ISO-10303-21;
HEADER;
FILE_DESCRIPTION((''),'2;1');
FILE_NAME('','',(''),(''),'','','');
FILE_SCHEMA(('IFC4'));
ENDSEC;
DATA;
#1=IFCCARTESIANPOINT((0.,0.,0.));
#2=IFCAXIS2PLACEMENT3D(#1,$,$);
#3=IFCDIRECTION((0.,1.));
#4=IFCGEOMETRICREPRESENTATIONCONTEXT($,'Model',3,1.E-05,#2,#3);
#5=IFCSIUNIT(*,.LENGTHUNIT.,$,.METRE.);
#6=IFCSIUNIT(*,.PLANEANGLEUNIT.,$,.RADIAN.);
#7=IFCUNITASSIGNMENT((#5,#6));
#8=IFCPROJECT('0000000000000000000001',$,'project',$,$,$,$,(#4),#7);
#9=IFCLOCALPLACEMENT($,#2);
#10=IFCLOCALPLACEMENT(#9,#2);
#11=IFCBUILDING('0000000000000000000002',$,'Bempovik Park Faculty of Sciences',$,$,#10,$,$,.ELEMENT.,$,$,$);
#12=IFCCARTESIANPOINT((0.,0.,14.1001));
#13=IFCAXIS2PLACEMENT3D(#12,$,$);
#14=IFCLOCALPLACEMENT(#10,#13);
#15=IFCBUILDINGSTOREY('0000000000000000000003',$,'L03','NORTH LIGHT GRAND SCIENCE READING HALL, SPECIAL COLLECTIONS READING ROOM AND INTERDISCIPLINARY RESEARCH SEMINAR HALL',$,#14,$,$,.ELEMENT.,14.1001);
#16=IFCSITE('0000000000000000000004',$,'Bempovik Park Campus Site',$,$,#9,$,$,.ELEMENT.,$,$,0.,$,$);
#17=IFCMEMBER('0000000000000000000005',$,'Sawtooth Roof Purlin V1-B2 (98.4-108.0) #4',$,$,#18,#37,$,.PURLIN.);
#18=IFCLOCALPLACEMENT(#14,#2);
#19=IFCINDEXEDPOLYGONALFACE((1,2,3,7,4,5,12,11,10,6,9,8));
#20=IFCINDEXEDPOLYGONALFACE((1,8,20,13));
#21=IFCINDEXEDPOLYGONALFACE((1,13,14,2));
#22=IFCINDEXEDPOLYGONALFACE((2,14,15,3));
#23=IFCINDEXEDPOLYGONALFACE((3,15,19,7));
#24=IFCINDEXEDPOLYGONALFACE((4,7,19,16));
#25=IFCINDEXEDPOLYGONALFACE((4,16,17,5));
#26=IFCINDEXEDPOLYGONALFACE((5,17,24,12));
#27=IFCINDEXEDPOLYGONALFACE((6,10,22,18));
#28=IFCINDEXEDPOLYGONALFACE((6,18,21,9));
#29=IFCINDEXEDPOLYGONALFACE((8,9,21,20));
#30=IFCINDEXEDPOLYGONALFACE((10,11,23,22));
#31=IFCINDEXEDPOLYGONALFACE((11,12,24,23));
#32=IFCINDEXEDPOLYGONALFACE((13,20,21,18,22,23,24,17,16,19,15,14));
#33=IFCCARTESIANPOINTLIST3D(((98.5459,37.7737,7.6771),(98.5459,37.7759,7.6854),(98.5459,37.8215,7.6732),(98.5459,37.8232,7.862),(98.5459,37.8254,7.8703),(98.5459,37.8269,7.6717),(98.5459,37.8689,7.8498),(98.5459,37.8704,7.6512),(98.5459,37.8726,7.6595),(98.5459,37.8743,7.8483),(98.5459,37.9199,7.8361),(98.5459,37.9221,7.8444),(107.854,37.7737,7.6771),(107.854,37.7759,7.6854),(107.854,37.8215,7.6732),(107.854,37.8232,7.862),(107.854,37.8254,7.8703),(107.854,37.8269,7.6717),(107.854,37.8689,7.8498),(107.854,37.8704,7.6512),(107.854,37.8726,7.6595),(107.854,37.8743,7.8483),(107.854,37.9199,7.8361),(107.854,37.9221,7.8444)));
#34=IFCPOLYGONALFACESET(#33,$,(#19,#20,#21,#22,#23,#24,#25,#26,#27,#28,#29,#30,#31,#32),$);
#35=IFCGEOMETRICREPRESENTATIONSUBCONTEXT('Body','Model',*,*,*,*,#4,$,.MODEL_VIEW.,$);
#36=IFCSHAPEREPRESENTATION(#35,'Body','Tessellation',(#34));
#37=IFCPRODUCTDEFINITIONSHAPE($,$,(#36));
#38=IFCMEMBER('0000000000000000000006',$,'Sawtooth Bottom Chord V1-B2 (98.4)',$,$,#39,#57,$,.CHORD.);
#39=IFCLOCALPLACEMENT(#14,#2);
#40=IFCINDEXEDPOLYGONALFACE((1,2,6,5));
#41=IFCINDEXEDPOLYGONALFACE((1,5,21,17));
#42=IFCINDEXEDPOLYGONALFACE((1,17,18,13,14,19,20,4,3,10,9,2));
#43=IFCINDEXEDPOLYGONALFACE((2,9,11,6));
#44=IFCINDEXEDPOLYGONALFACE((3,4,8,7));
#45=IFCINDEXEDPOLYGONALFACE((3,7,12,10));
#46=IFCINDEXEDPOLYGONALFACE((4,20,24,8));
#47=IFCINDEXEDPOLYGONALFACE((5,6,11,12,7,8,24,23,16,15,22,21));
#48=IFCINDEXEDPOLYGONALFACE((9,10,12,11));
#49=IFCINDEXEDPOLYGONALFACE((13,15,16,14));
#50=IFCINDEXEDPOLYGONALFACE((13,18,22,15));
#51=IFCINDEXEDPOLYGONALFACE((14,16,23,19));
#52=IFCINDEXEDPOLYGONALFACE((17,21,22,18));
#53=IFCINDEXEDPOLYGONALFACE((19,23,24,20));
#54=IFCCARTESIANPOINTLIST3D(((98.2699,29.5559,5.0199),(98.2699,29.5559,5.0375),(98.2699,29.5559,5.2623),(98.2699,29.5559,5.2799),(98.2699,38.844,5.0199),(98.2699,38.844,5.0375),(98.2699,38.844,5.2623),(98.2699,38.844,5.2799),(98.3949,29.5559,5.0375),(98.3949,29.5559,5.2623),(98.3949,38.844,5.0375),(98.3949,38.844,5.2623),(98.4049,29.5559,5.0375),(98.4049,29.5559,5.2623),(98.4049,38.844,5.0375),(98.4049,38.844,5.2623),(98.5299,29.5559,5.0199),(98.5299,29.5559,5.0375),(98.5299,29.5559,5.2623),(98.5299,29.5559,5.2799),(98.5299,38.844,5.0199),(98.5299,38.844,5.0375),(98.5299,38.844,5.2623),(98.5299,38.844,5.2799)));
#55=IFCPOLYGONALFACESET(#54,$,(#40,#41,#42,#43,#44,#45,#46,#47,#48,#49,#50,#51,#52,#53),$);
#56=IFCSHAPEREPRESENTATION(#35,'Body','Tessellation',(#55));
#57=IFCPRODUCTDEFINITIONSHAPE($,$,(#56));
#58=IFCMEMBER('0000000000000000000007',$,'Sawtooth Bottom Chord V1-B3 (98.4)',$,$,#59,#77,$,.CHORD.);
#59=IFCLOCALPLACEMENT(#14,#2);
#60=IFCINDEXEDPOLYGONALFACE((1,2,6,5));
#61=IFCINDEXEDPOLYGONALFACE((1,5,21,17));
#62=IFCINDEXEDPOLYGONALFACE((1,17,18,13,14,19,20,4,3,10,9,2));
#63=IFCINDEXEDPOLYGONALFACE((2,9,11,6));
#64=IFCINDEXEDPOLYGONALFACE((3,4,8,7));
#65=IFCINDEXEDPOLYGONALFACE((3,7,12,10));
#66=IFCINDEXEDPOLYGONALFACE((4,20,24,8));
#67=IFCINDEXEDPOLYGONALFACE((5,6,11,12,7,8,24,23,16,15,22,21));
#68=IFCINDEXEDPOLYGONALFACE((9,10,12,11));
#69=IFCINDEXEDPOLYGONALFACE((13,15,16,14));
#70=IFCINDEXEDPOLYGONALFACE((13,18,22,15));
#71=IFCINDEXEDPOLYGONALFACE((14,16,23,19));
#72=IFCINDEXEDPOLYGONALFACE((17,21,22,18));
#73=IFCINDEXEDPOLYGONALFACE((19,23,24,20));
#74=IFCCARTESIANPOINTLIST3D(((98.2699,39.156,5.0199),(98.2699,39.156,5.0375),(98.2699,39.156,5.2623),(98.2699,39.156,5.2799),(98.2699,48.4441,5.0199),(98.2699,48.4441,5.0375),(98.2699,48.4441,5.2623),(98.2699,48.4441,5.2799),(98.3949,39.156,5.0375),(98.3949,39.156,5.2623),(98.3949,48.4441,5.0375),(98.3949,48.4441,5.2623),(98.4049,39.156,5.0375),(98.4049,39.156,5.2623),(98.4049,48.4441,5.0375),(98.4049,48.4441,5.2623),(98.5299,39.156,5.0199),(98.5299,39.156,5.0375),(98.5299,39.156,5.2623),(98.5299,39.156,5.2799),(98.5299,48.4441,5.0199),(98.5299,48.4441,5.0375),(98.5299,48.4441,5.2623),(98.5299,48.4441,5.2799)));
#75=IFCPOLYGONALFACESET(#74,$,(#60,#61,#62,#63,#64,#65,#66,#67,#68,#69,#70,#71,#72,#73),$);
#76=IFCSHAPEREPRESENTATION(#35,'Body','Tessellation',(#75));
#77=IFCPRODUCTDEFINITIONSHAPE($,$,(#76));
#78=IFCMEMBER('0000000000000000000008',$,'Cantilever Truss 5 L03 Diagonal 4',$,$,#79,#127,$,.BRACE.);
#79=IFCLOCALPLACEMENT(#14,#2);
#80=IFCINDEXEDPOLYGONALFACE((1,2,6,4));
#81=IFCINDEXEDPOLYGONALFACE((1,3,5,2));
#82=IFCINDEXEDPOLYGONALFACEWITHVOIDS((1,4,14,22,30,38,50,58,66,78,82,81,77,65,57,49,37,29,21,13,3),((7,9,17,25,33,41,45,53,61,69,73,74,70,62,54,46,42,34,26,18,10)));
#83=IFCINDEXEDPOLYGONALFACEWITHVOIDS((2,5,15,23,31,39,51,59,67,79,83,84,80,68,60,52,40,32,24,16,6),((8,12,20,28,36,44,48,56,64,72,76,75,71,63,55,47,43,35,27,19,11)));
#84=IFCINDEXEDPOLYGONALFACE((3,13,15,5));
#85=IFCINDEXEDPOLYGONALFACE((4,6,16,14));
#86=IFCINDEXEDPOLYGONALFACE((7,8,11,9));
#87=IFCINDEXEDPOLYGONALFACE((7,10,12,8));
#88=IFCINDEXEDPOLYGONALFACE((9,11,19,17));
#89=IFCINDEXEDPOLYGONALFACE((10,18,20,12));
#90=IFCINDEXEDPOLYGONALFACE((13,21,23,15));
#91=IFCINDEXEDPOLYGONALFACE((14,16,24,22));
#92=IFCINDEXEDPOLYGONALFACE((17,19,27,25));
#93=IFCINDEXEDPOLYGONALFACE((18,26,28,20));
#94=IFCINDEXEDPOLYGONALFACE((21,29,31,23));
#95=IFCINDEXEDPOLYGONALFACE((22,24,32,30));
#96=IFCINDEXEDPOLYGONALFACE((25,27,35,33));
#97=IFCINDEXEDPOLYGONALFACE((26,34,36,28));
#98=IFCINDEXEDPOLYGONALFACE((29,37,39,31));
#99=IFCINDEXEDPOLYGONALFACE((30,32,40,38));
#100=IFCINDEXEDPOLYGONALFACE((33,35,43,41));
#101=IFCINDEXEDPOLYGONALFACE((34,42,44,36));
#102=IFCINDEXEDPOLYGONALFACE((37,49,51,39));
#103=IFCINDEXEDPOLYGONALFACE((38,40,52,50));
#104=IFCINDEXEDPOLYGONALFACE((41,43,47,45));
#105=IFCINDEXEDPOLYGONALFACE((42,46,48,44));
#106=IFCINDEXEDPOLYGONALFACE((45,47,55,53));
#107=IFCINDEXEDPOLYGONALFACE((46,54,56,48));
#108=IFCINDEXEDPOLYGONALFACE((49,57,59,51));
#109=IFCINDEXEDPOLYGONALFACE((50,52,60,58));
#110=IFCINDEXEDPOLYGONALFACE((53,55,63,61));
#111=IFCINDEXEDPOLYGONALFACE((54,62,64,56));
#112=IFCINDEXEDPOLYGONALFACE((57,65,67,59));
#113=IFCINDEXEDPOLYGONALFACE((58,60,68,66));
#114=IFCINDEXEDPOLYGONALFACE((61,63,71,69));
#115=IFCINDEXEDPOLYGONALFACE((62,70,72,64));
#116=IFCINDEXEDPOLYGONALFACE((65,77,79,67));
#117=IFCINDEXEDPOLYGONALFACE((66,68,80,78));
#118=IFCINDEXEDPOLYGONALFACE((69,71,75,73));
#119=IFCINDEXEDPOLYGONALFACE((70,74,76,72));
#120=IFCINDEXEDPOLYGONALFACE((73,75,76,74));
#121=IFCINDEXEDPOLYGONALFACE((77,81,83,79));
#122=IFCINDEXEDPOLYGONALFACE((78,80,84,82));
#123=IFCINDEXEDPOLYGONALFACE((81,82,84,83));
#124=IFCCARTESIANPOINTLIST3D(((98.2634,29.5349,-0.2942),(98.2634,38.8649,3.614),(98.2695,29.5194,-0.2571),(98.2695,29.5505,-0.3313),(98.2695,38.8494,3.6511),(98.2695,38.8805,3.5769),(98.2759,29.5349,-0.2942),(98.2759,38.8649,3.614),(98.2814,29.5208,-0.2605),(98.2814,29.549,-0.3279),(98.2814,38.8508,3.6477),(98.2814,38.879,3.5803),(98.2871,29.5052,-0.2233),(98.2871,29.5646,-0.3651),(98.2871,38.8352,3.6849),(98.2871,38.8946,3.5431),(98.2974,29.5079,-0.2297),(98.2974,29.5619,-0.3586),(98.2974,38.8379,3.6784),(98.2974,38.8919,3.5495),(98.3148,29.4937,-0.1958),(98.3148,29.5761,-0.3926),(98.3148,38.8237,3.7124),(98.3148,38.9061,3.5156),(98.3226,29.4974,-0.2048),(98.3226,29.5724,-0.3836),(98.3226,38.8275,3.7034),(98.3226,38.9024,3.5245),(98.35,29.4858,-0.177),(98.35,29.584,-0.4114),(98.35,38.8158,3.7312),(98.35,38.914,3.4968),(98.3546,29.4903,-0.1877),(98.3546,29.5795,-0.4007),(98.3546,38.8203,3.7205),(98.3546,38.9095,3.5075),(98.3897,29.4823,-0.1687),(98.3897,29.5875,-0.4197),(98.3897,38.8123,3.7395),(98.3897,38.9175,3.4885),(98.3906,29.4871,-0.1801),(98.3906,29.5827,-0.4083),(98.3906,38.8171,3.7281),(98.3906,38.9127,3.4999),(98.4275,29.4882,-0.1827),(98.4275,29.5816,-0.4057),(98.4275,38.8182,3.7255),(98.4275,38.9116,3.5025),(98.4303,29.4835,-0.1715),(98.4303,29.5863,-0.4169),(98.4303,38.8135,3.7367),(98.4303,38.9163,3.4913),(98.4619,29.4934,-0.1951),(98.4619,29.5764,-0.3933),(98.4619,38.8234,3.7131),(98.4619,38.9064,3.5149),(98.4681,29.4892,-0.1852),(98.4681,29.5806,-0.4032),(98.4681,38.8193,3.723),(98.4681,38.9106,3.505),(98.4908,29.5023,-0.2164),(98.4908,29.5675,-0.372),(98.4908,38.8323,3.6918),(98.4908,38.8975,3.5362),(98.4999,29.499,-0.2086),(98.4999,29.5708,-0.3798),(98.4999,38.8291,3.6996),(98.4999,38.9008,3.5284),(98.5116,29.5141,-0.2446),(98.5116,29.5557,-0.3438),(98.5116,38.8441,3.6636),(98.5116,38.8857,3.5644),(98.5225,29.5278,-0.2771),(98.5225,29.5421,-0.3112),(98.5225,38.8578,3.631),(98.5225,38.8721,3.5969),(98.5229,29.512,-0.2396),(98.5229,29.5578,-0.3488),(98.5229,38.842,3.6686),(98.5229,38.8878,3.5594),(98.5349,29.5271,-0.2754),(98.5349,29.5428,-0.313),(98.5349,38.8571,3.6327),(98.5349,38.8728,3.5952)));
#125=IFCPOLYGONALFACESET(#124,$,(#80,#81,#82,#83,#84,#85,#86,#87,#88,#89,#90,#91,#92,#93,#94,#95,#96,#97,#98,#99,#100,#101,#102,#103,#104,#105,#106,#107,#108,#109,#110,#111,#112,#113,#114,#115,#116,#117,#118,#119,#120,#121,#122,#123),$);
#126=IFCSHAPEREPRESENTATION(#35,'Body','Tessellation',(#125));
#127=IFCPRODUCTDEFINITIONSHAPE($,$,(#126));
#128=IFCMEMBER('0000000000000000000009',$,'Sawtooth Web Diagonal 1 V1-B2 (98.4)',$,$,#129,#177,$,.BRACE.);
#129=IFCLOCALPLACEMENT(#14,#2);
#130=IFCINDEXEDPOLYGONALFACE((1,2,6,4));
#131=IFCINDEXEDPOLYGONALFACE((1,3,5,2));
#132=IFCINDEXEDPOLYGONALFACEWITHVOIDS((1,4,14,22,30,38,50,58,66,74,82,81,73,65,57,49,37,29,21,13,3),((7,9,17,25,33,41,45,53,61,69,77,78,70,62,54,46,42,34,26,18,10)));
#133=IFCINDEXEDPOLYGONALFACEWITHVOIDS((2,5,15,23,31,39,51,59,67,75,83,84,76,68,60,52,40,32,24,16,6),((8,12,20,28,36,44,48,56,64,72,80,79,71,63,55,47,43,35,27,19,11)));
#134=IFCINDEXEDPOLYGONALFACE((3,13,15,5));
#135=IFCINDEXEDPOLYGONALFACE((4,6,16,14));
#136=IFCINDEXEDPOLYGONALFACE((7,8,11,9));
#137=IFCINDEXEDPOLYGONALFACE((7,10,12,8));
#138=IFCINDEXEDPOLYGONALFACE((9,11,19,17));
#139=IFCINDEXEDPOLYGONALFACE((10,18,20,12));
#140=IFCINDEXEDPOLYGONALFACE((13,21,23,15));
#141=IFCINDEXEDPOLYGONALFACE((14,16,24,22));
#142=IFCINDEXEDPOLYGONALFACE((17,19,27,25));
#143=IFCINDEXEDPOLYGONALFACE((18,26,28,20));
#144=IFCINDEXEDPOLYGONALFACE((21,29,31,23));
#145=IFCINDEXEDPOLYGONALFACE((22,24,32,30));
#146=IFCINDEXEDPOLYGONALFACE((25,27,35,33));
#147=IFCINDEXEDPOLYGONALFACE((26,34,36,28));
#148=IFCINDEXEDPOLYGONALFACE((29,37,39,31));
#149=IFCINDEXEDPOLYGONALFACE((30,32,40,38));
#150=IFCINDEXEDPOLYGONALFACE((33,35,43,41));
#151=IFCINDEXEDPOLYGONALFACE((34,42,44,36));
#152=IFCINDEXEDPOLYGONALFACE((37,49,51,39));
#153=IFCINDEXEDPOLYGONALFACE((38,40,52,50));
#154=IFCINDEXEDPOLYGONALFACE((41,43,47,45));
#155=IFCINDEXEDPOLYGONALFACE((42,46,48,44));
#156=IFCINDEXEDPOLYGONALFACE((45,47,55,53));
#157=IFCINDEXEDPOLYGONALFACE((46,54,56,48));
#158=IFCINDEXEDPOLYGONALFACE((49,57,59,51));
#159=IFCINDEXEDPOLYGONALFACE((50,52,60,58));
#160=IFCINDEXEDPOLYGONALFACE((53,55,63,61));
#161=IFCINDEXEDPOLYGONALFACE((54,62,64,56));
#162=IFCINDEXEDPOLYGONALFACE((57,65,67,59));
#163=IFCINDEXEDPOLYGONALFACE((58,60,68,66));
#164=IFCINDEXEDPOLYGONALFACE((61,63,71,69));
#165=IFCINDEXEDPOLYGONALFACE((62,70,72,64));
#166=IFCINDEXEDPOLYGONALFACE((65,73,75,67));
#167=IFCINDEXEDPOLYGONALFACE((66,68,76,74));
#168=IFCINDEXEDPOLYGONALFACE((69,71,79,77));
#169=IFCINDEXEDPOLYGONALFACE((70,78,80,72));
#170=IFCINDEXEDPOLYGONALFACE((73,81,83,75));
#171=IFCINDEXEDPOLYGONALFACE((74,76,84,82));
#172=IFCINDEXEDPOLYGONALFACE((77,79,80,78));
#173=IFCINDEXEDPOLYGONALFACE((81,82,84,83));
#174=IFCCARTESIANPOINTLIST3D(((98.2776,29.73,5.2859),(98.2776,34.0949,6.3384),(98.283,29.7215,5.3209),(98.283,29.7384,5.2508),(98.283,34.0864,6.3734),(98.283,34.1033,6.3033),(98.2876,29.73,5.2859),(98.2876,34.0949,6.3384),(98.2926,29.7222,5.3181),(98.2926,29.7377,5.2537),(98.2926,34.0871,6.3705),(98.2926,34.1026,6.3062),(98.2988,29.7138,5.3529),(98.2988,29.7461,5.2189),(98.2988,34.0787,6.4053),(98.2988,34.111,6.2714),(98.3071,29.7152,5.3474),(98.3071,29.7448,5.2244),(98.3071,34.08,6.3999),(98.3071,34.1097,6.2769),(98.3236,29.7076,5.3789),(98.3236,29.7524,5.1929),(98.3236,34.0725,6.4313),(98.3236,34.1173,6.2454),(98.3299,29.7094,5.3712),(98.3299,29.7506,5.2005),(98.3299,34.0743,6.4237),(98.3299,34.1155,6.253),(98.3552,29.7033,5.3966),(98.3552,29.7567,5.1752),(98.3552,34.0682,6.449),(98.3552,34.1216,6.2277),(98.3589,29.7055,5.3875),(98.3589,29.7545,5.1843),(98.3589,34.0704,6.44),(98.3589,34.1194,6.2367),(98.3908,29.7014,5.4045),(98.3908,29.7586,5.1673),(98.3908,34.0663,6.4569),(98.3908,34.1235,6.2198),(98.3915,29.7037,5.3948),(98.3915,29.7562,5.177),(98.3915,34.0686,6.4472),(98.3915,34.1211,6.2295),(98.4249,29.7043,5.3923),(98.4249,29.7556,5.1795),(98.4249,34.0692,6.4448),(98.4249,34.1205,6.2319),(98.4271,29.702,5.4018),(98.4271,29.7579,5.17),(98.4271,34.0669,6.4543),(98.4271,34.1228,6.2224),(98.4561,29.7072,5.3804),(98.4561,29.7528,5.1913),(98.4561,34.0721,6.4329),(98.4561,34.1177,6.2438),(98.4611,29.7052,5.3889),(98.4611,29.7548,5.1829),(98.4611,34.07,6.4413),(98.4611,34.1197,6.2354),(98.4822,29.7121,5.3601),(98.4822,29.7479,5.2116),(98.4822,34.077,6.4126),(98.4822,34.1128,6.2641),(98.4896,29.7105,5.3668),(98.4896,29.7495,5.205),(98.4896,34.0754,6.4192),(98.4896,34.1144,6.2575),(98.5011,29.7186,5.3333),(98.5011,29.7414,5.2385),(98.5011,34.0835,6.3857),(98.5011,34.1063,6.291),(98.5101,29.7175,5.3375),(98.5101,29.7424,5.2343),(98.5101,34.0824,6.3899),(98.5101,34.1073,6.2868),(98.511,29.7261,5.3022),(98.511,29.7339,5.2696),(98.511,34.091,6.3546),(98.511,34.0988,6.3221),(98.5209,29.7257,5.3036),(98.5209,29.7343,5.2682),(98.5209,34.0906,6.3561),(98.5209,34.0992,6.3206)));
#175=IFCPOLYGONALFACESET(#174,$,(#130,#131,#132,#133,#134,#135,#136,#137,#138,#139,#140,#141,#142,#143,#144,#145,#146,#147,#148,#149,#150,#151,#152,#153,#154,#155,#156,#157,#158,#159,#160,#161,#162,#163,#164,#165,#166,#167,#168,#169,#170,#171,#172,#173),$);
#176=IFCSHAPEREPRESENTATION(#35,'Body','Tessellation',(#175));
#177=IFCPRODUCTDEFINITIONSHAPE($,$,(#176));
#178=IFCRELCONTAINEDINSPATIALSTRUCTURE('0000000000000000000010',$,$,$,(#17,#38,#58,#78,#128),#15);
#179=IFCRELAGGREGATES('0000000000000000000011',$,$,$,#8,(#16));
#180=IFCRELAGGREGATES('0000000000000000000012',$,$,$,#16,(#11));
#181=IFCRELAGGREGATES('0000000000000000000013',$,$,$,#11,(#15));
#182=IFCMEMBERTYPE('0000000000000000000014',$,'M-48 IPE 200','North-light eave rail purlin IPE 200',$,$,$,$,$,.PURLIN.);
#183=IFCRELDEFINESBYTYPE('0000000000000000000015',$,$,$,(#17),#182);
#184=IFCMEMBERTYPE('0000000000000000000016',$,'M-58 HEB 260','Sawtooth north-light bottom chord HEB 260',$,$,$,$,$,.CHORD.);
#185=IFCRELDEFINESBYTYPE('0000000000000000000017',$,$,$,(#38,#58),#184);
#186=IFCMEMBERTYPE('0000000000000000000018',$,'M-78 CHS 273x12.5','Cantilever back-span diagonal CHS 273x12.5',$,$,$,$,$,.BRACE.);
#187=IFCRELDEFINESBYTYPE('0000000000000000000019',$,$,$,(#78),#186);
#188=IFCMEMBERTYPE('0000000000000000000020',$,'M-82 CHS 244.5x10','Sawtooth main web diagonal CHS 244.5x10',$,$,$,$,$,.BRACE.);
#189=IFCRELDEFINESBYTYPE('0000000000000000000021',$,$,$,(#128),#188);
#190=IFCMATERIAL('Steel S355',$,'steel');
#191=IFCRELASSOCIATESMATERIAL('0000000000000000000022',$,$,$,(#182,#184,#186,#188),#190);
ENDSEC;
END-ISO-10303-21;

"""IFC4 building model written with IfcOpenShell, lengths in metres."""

from ifc_helpers import new_model, si_unit, direction, frame, origin, origin_2d, place, context, subcontext, project, spatial, hollow_circle, i_section, extrude, material, material_profile, profile_set, type_object, element, save


model = new_model("IFC4")

# Units and contexts
model_context = context("Model", 3, precision=1e-05, world=origin(), true_north=direction((0.0, 1.0)))
body_context = subcontext(model_context, "Body", "Model", "MODEL_VIEW")
ifc_project = project(units=[si_unit("LENGTHUNIT", "METRE"), si_unit("PLANEANGLEUNIT", "RADIAN")], contexts=[model_context])

# Site, building, storey
site_placement = place(None, origin())
site = spatial("IfcSite", under=ifc_project, at=site_placement, Name="Bempovik Park Campus Site", CompositionType="ELEMENT", RefElevation=0.0)
building_placement = place(site_placement, origin())
building = spatial("IfcBuilding", under=site, at=building_placement, Name="Bempovik Park Faculty of Sciences", CompositionType="ELEMENT")
storey_placement = place(building_placement, frame((0.0, 0.0, 14.1001)))
storey = spatial("IfcBuildingStorey", under=building, at=storey_placement, Name="L03", Description="NORTH LIGHT GRAND SCIENCE READING HALL, SPECIAL COLLECTIONS READING ROOM AND INTERDISCIPLINARY RESEARCH SEMINAR HALL", CompositionType="ELEMENT", Elevation=14.1001)

# Shared definitions
ifc_material_1 = material(Name="Steel S355", Category="steel")

# Members
ifc_material_profile_1 = material_profile(ifc_material_1, i_section(OverallWidth=0.1001, OverallDepth=0.2, WebThickness=0.0056, FlangeThickness=0.0085, at=origin_2d()), Name="IPE 200")
ifc_profile_set_1 = profile_set([ifc_material_profile_1], Name="Steel S355")
member_type_1 = type_object("IfcMemberType", Name="M-48 IPE 200", Description="North-light eave rail purlin IPE 200", PredefinedType="PURLIN", material=ifc_profile_set_1)
member_1_placement = place(storey_placement, frame((98.5459, 37.8479, 7.7607), z_axis=(1.0, 0.0, 0.0), x_axis=(0.0, 0.965926, -0.258819)))
element("IfcMember", 1, at=member_1_placement, inside=storey, type_object=member_type_1, Name="Sawtooth Roof Purlin V1-B2 (98.4-108.0) #4", PredefinedType="PURLIN", context=body_context, shape_type="SweptSolid", body=[
    extrude(i_section(OverallWidth=0.1001, OverallDepth=0.2, WebThickness=0.0056, FlangeThickness=0.0085, at=origin_2d()), origin(), (0.0, 0.0, 1.0), 9.3081),
])
ifc_material_profile_2 = material_profile(ifc_material_1, i_section(OverallWidth=0.26, OverallDepth=0.26, WebThickness=0.01, FlangeThickness=0.0176, at=origin_2d()), Name="HEB 260")
ifc_profile_set_2 = profile_set([ifc_material_profile_2], Name="Steel S355")
member_type_2 = type_object("IfcMemberType", Name="M-58 HEB 260", Description="Sawtooth north-light bottom chord HEB 260", PredefinedType="CHORD", material=ifc_profile_set_2)
for number, where, z_axis, x_axis, name in (
    (2, (98.3999, 29.5559, 5.1499), (0.0, 1.0, 0.0), (-1.0, 0.0, 0.0), "Sawtooth Bottom Chord V1-B2 (98.4)"),
    (3, (98.3999, 39.156, 5.1499), (0.0, 1.0, 0.0), (-1.0, 0.0, 0.0), "Sawtooth Bottom Chord V1-B3 (98.4)"),
):
    element("IfcMember", number, at=place(storey_placement, frame(where, z_axis=z_axis, x_axis=x_axis)), inside=storey, type_object=member_type_2, Name=name, PredefinedType="CHORD", context=body_context, shape_type="SweptSolid", body=[
        extrude(i_section(OverallWidth=0.26, OverallDepth=0.26, WebThickness=0.01, FlangeThickness=0.0176, at=origin_2d()), origin(), (0.0, 0.0, 1.0), 9.2881),
    ])
ifc_material_profile_3 = material_profile(ifc_material_1, hollow_circle(Radius=0.1365, WallThickness=0.0125, at=origin_2d()), Name="CHS 273x12.5")
ifc_profile_set_3 = profile_set([ifc_material_profile_3], Name="Steel S355")
member_type_3 = type_object("IfcMemberType", Name="M-78 CHS 273x12.5", Description="Cantilever back-span diagonal CHS 273x12.5", PredefinedType="BRACE", material=ifc_profile_set_3)
member_2_placement = place(storey_placement, frame((98.3999, 29.5349, -0.2942), z_axis=(0.0, 0.92235, 0.386356), x_axis=(-1.0, 0.0, 0.0)))
element("IfcMember", 4, at=member_2_placement, inside=storey, type_object=member_type_3, Name="Cantilever Truss 5 L03 Diagonal 4", PredefinedType="BRACE", context=body_context, shape_type="SweptSolid", body=[
    extrude(hollow_circle(Radius=0.1365, WallThickness=0.0125, at=origin_2d()), origin(), (0.0, 0.0, 1.0), 10.1155),
])
ifc_material_profile_4 = material_profile(ifc_material_1, hollow_circle(Radius=0.1223, WallThickness=0.01, at=origin_2d()), Name="CHS 244.5x10")
ifc_profile_set_4 = profile_set([ifc_material_profile_4], Name="Steel S355")
member_type_4 = type_object("IfcMemberType", Name="M-82 CHS 244.5x10", Description="Sawtooth main web diagonal CHS 244.5x10", PredefinedType="BRACE", material=ifc_profile_set_4)
for number, where, z_axis, x_axis, name in (
    (5, (98.3999, 29.73, 5.2859), (0.0, 0.972139, 0.234403), (-1.0, 0.0, 0.0), "Sawtooth Web Diagonal 1 V1-B2 (98.4)"),
):
    element("IfcMember", number, at=place(storey_placement, frame(where, z_axis=z_axis, x_axis=x_axis)), inside=storey, type_object=member_type_4, Name=name, PredefinedType="BRACE", context=body_context, shape_type="SweptSolid", body=[
        extrude(hollow_circle(Radius=0.1223, WallThickness=0.01, at=origin_2d()), origin(), (0.0, 0.0, 1.0), 4.49),
    ])

save(model, "model.ifc")
